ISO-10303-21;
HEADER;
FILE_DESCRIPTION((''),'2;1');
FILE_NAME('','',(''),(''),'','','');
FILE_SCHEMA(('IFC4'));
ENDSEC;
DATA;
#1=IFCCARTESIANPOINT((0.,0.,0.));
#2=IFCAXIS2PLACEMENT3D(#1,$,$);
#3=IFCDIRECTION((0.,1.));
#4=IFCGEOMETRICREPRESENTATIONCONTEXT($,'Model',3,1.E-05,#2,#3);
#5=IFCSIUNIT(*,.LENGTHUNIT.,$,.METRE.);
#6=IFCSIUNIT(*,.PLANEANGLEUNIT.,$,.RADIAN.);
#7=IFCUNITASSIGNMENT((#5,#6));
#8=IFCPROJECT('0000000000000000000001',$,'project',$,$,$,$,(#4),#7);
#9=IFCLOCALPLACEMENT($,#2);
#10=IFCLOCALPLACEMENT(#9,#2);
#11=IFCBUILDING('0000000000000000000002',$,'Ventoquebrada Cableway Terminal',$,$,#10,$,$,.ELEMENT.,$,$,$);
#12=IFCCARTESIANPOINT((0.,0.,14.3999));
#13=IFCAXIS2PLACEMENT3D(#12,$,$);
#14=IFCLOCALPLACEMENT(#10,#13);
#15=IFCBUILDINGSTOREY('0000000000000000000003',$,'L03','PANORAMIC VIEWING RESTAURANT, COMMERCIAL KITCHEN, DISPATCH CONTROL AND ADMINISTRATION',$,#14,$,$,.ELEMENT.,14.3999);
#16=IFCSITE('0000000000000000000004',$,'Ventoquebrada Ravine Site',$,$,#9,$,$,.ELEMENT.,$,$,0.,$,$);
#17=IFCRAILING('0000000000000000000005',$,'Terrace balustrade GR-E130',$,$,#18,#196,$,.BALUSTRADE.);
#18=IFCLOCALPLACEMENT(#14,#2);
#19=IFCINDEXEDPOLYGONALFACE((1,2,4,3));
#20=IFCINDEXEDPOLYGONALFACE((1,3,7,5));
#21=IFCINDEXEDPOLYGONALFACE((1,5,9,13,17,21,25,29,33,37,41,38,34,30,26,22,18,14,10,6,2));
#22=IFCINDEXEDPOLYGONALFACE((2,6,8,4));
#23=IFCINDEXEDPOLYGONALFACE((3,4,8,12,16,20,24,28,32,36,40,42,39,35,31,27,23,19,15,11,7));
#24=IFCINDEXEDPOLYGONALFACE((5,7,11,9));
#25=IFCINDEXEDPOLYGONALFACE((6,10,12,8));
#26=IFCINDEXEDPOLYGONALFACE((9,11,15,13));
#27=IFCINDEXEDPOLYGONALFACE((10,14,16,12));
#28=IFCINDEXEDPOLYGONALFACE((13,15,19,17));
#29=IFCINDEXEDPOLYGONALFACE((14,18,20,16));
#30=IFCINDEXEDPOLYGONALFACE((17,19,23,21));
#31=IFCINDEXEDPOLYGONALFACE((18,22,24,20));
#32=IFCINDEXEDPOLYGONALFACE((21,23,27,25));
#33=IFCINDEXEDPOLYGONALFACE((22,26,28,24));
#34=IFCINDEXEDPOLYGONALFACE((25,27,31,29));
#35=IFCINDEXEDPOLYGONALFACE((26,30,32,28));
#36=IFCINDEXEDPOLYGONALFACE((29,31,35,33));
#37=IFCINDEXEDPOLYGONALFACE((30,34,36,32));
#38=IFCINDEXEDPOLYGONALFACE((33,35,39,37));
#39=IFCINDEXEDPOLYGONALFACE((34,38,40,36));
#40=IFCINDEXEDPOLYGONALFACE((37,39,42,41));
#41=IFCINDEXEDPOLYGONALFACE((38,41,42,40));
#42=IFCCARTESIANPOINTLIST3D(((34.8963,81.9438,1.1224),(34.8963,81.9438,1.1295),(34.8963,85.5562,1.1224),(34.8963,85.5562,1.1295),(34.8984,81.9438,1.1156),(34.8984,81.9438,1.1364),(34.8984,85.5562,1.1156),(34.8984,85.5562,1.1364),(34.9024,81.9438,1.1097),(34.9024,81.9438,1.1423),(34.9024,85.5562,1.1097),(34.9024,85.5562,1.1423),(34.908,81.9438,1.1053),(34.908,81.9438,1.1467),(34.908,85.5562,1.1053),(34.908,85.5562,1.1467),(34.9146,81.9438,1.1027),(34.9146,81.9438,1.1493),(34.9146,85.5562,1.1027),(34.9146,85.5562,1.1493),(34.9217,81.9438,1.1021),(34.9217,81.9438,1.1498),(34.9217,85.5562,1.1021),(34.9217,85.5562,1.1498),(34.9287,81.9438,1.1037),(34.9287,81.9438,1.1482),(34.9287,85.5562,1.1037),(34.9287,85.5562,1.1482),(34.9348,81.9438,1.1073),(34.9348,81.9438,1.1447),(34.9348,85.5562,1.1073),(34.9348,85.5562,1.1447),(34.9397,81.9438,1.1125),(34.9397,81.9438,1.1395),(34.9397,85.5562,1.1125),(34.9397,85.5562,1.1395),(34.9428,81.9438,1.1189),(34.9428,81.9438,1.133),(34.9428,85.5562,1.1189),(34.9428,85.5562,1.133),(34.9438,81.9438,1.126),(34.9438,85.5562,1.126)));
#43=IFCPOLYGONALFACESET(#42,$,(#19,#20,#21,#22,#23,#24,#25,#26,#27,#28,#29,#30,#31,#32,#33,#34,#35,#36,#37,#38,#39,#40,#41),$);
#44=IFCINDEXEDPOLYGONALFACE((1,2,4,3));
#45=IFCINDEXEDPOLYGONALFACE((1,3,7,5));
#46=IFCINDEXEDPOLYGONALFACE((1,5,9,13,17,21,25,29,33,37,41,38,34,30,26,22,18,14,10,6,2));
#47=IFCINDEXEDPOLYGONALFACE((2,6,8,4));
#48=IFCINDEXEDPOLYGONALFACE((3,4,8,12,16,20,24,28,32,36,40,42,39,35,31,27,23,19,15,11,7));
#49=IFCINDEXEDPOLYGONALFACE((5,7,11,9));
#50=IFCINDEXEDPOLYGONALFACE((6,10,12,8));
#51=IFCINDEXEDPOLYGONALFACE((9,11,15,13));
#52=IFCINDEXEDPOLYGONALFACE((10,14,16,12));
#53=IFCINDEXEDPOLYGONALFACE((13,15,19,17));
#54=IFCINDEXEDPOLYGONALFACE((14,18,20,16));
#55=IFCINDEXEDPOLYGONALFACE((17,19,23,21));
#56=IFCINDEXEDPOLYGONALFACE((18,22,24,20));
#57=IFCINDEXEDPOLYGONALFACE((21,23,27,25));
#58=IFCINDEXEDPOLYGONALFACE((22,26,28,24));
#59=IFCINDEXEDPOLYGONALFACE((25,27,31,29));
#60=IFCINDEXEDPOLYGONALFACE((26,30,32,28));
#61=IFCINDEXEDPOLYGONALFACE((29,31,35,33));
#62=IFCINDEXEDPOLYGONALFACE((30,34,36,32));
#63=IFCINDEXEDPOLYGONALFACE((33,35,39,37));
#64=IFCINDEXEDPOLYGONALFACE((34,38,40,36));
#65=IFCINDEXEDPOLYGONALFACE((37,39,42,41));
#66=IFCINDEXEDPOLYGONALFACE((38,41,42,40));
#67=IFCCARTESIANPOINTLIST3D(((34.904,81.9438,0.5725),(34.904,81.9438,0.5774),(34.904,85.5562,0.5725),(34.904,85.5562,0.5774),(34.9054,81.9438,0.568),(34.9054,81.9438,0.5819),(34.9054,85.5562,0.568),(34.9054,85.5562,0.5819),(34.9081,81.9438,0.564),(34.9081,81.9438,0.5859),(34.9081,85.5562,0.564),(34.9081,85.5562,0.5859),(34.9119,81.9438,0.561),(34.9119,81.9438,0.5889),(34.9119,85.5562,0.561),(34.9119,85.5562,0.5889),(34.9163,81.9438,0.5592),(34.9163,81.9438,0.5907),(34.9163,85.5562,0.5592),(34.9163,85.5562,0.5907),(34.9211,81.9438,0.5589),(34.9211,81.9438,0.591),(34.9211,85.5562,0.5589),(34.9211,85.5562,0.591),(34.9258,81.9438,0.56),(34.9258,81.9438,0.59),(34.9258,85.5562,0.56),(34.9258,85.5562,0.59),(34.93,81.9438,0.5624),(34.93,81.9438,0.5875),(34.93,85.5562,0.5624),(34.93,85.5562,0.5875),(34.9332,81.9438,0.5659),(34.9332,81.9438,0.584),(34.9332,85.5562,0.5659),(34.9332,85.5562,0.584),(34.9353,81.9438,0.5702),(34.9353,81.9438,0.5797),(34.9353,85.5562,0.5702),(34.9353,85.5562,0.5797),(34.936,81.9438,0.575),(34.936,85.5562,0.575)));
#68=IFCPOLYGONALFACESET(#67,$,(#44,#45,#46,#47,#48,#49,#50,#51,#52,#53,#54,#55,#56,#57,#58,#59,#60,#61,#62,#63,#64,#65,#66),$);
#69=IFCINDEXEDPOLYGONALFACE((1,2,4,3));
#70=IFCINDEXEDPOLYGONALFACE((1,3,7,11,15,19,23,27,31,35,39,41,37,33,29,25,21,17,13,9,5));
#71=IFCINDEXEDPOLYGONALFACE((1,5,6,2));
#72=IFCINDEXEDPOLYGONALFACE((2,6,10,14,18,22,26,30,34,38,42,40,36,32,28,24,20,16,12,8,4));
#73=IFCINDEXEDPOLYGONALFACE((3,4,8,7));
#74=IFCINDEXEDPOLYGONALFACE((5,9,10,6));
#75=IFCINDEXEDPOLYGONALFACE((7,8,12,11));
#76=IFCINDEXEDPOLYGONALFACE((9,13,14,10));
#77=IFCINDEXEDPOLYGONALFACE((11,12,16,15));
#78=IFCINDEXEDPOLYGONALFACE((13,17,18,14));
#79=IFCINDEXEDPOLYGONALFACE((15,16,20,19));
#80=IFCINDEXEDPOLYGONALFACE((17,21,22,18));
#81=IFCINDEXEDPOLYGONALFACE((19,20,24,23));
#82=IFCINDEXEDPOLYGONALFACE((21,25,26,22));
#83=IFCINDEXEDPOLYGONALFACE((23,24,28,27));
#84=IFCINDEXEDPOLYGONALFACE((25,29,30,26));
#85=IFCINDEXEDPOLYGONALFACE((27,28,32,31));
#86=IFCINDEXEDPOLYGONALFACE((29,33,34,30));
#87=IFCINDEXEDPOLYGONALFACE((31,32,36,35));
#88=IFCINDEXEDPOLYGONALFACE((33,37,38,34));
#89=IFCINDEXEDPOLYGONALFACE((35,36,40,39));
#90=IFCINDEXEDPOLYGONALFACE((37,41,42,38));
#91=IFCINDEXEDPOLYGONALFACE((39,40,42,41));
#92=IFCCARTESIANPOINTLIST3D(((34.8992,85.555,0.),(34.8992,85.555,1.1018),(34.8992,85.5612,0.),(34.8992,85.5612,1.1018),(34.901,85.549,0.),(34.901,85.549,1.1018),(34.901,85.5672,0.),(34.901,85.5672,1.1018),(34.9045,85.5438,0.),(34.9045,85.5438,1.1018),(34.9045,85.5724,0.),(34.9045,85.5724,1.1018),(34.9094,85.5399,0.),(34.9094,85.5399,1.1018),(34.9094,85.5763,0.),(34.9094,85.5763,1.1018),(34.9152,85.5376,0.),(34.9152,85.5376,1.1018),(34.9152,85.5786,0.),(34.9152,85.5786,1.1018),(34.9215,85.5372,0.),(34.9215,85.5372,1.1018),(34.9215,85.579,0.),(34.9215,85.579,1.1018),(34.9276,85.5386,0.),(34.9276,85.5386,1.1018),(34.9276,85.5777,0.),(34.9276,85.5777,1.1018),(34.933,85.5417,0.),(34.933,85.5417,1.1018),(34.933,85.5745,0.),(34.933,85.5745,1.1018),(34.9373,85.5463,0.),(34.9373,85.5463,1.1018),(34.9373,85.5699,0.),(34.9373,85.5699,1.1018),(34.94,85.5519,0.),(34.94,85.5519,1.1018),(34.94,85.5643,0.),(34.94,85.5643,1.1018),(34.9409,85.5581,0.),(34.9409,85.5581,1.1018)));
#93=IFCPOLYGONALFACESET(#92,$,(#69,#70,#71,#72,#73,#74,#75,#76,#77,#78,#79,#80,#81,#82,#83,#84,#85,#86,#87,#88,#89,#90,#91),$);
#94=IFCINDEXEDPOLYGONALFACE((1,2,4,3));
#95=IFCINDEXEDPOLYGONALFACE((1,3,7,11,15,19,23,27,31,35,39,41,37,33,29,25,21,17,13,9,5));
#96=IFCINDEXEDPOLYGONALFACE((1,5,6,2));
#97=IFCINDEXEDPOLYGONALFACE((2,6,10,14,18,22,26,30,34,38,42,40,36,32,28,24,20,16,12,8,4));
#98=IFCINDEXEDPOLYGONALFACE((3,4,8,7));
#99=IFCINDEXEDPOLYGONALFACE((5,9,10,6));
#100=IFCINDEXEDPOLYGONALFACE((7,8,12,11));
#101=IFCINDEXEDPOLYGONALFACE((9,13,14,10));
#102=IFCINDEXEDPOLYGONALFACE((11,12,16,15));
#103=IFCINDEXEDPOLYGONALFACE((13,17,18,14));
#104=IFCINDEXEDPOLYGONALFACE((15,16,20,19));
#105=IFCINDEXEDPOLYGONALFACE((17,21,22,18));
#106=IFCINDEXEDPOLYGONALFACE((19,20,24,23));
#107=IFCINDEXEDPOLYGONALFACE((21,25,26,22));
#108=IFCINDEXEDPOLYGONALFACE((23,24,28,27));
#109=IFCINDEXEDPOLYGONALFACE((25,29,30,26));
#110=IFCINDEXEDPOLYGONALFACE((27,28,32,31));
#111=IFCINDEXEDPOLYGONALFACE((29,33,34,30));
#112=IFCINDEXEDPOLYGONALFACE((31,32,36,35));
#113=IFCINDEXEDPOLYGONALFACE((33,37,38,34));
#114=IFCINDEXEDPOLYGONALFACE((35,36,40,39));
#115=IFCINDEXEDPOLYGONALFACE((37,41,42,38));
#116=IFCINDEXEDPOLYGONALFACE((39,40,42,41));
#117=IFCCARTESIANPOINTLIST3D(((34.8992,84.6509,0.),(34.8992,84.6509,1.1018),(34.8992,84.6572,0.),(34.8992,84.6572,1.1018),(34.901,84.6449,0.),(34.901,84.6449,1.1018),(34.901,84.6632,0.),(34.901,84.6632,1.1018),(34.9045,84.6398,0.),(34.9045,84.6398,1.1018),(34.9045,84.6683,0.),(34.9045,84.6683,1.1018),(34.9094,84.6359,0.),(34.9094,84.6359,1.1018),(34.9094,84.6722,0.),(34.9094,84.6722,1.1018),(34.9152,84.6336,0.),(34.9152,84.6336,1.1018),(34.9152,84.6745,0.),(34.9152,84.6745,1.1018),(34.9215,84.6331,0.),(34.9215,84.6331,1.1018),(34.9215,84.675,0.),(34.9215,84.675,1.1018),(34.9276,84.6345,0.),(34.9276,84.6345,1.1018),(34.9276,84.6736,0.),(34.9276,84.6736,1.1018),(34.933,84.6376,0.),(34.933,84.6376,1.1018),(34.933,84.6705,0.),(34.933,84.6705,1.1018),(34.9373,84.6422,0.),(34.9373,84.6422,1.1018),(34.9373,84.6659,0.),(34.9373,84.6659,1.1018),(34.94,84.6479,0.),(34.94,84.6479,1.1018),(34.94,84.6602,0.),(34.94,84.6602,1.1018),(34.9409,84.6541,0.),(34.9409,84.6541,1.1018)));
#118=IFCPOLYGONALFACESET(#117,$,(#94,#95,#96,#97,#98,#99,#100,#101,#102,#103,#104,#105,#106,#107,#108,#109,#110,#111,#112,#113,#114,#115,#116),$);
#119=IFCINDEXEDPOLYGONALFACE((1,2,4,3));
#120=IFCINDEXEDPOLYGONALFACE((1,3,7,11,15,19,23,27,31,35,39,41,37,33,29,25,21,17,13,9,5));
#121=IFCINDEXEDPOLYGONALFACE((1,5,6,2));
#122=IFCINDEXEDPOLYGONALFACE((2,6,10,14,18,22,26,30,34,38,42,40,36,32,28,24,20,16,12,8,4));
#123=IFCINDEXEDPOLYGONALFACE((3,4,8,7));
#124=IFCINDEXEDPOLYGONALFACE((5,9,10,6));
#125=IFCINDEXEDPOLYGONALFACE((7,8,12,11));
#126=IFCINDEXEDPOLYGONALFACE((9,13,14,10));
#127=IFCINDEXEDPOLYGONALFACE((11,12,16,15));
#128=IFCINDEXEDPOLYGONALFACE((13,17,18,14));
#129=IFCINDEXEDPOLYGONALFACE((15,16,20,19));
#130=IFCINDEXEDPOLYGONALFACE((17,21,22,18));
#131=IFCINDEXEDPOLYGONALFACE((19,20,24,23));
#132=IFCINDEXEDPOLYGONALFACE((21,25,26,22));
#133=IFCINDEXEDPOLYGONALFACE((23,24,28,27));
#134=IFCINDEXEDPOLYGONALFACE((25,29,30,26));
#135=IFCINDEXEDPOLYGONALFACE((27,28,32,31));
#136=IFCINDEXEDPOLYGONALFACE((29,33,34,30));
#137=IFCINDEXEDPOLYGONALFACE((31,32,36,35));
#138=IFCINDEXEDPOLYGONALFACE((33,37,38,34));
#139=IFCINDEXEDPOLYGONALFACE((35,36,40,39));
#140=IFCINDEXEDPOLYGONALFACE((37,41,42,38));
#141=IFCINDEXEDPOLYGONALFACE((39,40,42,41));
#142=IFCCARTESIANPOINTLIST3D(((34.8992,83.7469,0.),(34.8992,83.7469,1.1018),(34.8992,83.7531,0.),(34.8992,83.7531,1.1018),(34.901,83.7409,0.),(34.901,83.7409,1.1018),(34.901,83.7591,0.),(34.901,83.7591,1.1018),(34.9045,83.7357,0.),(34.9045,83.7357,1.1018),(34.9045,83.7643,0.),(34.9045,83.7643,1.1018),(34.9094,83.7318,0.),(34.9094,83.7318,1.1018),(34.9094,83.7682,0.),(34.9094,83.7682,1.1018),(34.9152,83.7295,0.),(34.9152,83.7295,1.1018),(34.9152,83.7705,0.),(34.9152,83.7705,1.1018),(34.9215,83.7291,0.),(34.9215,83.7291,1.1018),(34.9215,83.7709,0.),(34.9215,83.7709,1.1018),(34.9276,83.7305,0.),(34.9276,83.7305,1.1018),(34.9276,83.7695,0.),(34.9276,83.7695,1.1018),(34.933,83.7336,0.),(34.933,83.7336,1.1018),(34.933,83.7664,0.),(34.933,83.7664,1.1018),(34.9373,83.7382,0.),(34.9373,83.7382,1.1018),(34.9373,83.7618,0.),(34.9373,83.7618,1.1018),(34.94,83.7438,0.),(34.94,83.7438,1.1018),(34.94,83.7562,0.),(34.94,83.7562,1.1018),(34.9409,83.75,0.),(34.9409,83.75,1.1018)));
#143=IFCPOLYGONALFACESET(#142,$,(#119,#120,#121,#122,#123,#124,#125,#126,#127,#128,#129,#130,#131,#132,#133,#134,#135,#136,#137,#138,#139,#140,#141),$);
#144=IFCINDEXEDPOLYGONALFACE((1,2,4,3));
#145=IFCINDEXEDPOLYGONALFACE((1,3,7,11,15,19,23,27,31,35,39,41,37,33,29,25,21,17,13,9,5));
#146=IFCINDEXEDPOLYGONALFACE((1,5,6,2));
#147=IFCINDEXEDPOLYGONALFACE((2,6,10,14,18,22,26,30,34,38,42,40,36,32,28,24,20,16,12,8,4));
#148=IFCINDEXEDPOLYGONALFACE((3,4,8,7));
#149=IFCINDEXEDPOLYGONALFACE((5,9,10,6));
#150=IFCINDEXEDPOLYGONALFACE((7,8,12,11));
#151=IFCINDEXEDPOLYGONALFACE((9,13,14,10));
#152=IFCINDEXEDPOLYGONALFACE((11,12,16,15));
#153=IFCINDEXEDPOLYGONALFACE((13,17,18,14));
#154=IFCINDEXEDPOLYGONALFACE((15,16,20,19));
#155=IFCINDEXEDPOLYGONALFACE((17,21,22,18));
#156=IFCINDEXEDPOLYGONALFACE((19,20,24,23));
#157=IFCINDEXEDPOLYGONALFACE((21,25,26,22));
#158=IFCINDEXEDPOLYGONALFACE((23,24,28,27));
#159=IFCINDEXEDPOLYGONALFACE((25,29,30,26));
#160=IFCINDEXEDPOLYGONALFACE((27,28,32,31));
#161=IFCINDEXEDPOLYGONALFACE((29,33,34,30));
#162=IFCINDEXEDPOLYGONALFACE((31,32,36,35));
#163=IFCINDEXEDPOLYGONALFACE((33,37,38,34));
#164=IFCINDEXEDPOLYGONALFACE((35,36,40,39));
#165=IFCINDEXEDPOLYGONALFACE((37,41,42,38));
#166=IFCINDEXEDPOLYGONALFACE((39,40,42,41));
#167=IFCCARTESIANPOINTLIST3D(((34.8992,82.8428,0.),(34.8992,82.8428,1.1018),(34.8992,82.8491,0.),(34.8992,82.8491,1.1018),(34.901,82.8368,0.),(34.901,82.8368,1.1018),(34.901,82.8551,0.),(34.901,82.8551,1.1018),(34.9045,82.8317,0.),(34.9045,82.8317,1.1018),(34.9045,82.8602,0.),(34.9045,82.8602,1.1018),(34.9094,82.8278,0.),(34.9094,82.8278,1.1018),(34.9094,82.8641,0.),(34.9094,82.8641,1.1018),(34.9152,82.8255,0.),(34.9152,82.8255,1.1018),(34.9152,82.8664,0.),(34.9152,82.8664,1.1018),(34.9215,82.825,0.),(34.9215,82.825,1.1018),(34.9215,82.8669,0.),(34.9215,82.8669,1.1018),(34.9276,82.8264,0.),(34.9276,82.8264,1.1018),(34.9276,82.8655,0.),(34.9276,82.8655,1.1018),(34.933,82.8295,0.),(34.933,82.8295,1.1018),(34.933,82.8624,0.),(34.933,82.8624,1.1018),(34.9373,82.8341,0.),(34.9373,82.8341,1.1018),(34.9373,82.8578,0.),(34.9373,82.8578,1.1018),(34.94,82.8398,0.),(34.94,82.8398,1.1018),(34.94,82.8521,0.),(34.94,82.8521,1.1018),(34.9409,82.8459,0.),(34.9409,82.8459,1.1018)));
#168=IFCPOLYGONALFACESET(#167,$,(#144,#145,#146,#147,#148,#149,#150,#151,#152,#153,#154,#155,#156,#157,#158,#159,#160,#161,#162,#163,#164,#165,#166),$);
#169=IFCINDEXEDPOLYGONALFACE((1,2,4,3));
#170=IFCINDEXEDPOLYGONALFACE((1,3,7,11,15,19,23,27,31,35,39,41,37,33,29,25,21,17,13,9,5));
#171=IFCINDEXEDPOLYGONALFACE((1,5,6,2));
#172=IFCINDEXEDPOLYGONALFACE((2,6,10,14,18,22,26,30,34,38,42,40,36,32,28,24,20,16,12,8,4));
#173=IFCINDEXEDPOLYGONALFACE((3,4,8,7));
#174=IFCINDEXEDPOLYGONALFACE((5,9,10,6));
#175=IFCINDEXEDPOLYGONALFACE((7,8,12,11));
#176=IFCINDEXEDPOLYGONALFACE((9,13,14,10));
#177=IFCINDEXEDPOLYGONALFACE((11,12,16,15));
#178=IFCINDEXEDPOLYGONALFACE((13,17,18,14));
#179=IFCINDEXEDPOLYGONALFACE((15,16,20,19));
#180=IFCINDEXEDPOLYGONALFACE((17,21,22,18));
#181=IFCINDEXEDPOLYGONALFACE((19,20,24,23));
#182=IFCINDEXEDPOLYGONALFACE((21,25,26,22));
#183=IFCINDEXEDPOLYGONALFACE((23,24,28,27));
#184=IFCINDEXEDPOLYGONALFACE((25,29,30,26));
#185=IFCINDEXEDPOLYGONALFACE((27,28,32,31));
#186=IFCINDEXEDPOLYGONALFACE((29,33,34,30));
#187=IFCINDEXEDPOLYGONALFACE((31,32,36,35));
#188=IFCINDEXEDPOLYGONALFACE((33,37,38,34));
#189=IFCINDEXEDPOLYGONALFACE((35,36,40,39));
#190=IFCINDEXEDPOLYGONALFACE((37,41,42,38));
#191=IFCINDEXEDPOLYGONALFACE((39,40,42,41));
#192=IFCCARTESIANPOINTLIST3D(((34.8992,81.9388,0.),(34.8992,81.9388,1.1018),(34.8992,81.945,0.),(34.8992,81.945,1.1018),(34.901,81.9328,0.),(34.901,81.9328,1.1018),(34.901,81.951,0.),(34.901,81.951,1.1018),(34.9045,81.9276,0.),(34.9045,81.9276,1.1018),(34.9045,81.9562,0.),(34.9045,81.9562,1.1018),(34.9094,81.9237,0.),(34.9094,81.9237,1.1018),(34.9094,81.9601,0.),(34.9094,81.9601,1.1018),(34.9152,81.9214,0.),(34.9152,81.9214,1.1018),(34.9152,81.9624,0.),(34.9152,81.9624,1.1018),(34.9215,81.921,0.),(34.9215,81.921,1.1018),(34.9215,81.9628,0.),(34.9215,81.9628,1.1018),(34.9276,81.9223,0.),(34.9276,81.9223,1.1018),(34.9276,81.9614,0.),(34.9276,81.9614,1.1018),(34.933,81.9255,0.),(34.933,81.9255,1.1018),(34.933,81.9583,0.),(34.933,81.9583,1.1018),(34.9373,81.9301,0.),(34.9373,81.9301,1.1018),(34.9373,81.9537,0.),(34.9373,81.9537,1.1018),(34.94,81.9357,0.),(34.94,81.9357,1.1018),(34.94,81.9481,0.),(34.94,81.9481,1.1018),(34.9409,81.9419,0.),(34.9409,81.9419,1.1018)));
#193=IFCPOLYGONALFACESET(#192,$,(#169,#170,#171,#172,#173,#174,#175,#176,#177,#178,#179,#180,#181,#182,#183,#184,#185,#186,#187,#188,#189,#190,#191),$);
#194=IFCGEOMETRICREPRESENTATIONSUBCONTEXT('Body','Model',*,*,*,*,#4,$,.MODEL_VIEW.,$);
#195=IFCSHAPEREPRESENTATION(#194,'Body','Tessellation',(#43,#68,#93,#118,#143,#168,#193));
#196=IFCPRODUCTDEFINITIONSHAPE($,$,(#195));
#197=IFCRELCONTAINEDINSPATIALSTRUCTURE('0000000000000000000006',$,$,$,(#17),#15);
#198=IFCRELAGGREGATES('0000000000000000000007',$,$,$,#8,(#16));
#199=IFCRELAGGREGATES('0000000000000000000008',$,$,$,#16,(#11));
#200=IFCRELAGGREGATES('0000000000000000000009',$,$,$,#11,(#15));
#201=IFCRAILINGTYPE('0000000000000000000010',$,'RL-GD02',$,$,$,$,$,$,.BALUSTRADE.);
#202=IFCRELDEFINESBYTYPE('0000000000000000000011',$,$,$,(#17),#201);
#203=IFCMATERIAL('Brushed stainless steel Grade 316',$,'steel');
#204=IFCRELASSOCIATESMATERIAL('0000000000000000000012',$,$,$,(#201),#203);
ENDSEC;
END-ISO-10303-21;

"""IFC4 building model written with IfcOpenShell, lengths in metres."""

from ifc_helpers import new_model, si_unit, direction, frame, origin, origin_2d, place, context, subcontext, project, spatial, circle, extrude, material, type_object, element, save


model = new_model("IFC4")

# Units and contexts
model_context = context("Model", 3, precision=1e-05, world=origin(), true_north=direction((0.0, 1.0)))
body_context = subcontext(model_context, "Body", "Model", "MODEL_VIEW")
ifc_project = project(units=[si_unit("LENGTHUNIT", "METRE"), si_unit("PLANEANGLEUNIT", "RADIAN")], contexts=[model_context])

# Site, building, storey
site_placement = place(None, origin())
site = spatial("IfcSite", under=ifc_project, at=site_placement, Name="Ventoquebrada Ravine Site", CompositionType="ELEMENT", RefElevation=0.0)
building_placement = place(site_placement, origin())
building = spatial("IfcBuilding", under=site, at=building_placement, Name="Ventoquebrada Cableway Terminal", CompositionType="ELEMENT")
storey_placement = place(building_placement, frame((0.0, 0.0, 14.3999)))
storey = spatial("IfcBuildingStorey", under=building, at=storey_placement, Name="L03", Description="PANORAMIC VIEWING RESTAURANT, COMMERCIAL KITCHEN, DISPATCH CONTROL AND ADMINISTRATION", CompositionType="ELEMENT", Elevation=14.3999)

# Railing
ifc_material_1 = material(Name="Brushed stainless steel Grade 316", Category="steel")
railing_type_1 = type_object("IfcRailingType", Name="RL-GD02", PredefinedType="BALUSTRADE", material=ifc_material_1)
for number, where, name in (
    (1, (34.9199, 85.5581, 0.0), "Terrace balustrade GR-E130"),
):
    element("IfcRailing", number, at=place(storey_placement, frame(where)), inside=storey, type_object=railing_type_1, Name=name, PredefinedType="BALUSTRADE", context=body_context, shape_type="SweptSolid", body=[
        extrude(circle(Radius=0.0239, at=origin_2d()), frame((0.0, -0.002, 1.126), z_axis=(0.0, -1.0, 0.0), x_axis=(1.0, 0.0, 0.0)), (0.0, 0.0, 1.0), 3.6123),
        extrude(circle(Radius=0.0161, at=origin_2d()), frame((0.0, -0.002, 0.575), z_axis=(0.0, -1.0, 0.0), x_axis=(1.0, 0.0, 0.0)), (0.0, 0.0, 1.0), 3.6123),
        extrude(circle(Radius=0.021, at=origin_2d()), origin(), (0.0, 0.0, 1.0), 1.1018),
        extrude(circle(Radius=0.021, at=origin_2d()), frame((0.0, -0.9041, 0.0)), (0.0, 0.0, 1.0), 1.1018),
        extrude(circle(Radius=0.021, at=origin_2d()), frame((0.0, -1.8081, 0.0)), (0.0, 0.0, 1.0), 1.1018),
        extrude(circle(Radius=0.021, at=origin_2d()), frame((0.0, -2.7122, 0.0)), (0.0, 0.0, 1.0), 1.1018),
        extrude(circle(Radius=0.021, at=origin_2d()), frame((0.0, -3.6162, 0.0)), (0.0, 0.0, 1.0), 1.1018),
    ])

save(model, "model.ifc")
